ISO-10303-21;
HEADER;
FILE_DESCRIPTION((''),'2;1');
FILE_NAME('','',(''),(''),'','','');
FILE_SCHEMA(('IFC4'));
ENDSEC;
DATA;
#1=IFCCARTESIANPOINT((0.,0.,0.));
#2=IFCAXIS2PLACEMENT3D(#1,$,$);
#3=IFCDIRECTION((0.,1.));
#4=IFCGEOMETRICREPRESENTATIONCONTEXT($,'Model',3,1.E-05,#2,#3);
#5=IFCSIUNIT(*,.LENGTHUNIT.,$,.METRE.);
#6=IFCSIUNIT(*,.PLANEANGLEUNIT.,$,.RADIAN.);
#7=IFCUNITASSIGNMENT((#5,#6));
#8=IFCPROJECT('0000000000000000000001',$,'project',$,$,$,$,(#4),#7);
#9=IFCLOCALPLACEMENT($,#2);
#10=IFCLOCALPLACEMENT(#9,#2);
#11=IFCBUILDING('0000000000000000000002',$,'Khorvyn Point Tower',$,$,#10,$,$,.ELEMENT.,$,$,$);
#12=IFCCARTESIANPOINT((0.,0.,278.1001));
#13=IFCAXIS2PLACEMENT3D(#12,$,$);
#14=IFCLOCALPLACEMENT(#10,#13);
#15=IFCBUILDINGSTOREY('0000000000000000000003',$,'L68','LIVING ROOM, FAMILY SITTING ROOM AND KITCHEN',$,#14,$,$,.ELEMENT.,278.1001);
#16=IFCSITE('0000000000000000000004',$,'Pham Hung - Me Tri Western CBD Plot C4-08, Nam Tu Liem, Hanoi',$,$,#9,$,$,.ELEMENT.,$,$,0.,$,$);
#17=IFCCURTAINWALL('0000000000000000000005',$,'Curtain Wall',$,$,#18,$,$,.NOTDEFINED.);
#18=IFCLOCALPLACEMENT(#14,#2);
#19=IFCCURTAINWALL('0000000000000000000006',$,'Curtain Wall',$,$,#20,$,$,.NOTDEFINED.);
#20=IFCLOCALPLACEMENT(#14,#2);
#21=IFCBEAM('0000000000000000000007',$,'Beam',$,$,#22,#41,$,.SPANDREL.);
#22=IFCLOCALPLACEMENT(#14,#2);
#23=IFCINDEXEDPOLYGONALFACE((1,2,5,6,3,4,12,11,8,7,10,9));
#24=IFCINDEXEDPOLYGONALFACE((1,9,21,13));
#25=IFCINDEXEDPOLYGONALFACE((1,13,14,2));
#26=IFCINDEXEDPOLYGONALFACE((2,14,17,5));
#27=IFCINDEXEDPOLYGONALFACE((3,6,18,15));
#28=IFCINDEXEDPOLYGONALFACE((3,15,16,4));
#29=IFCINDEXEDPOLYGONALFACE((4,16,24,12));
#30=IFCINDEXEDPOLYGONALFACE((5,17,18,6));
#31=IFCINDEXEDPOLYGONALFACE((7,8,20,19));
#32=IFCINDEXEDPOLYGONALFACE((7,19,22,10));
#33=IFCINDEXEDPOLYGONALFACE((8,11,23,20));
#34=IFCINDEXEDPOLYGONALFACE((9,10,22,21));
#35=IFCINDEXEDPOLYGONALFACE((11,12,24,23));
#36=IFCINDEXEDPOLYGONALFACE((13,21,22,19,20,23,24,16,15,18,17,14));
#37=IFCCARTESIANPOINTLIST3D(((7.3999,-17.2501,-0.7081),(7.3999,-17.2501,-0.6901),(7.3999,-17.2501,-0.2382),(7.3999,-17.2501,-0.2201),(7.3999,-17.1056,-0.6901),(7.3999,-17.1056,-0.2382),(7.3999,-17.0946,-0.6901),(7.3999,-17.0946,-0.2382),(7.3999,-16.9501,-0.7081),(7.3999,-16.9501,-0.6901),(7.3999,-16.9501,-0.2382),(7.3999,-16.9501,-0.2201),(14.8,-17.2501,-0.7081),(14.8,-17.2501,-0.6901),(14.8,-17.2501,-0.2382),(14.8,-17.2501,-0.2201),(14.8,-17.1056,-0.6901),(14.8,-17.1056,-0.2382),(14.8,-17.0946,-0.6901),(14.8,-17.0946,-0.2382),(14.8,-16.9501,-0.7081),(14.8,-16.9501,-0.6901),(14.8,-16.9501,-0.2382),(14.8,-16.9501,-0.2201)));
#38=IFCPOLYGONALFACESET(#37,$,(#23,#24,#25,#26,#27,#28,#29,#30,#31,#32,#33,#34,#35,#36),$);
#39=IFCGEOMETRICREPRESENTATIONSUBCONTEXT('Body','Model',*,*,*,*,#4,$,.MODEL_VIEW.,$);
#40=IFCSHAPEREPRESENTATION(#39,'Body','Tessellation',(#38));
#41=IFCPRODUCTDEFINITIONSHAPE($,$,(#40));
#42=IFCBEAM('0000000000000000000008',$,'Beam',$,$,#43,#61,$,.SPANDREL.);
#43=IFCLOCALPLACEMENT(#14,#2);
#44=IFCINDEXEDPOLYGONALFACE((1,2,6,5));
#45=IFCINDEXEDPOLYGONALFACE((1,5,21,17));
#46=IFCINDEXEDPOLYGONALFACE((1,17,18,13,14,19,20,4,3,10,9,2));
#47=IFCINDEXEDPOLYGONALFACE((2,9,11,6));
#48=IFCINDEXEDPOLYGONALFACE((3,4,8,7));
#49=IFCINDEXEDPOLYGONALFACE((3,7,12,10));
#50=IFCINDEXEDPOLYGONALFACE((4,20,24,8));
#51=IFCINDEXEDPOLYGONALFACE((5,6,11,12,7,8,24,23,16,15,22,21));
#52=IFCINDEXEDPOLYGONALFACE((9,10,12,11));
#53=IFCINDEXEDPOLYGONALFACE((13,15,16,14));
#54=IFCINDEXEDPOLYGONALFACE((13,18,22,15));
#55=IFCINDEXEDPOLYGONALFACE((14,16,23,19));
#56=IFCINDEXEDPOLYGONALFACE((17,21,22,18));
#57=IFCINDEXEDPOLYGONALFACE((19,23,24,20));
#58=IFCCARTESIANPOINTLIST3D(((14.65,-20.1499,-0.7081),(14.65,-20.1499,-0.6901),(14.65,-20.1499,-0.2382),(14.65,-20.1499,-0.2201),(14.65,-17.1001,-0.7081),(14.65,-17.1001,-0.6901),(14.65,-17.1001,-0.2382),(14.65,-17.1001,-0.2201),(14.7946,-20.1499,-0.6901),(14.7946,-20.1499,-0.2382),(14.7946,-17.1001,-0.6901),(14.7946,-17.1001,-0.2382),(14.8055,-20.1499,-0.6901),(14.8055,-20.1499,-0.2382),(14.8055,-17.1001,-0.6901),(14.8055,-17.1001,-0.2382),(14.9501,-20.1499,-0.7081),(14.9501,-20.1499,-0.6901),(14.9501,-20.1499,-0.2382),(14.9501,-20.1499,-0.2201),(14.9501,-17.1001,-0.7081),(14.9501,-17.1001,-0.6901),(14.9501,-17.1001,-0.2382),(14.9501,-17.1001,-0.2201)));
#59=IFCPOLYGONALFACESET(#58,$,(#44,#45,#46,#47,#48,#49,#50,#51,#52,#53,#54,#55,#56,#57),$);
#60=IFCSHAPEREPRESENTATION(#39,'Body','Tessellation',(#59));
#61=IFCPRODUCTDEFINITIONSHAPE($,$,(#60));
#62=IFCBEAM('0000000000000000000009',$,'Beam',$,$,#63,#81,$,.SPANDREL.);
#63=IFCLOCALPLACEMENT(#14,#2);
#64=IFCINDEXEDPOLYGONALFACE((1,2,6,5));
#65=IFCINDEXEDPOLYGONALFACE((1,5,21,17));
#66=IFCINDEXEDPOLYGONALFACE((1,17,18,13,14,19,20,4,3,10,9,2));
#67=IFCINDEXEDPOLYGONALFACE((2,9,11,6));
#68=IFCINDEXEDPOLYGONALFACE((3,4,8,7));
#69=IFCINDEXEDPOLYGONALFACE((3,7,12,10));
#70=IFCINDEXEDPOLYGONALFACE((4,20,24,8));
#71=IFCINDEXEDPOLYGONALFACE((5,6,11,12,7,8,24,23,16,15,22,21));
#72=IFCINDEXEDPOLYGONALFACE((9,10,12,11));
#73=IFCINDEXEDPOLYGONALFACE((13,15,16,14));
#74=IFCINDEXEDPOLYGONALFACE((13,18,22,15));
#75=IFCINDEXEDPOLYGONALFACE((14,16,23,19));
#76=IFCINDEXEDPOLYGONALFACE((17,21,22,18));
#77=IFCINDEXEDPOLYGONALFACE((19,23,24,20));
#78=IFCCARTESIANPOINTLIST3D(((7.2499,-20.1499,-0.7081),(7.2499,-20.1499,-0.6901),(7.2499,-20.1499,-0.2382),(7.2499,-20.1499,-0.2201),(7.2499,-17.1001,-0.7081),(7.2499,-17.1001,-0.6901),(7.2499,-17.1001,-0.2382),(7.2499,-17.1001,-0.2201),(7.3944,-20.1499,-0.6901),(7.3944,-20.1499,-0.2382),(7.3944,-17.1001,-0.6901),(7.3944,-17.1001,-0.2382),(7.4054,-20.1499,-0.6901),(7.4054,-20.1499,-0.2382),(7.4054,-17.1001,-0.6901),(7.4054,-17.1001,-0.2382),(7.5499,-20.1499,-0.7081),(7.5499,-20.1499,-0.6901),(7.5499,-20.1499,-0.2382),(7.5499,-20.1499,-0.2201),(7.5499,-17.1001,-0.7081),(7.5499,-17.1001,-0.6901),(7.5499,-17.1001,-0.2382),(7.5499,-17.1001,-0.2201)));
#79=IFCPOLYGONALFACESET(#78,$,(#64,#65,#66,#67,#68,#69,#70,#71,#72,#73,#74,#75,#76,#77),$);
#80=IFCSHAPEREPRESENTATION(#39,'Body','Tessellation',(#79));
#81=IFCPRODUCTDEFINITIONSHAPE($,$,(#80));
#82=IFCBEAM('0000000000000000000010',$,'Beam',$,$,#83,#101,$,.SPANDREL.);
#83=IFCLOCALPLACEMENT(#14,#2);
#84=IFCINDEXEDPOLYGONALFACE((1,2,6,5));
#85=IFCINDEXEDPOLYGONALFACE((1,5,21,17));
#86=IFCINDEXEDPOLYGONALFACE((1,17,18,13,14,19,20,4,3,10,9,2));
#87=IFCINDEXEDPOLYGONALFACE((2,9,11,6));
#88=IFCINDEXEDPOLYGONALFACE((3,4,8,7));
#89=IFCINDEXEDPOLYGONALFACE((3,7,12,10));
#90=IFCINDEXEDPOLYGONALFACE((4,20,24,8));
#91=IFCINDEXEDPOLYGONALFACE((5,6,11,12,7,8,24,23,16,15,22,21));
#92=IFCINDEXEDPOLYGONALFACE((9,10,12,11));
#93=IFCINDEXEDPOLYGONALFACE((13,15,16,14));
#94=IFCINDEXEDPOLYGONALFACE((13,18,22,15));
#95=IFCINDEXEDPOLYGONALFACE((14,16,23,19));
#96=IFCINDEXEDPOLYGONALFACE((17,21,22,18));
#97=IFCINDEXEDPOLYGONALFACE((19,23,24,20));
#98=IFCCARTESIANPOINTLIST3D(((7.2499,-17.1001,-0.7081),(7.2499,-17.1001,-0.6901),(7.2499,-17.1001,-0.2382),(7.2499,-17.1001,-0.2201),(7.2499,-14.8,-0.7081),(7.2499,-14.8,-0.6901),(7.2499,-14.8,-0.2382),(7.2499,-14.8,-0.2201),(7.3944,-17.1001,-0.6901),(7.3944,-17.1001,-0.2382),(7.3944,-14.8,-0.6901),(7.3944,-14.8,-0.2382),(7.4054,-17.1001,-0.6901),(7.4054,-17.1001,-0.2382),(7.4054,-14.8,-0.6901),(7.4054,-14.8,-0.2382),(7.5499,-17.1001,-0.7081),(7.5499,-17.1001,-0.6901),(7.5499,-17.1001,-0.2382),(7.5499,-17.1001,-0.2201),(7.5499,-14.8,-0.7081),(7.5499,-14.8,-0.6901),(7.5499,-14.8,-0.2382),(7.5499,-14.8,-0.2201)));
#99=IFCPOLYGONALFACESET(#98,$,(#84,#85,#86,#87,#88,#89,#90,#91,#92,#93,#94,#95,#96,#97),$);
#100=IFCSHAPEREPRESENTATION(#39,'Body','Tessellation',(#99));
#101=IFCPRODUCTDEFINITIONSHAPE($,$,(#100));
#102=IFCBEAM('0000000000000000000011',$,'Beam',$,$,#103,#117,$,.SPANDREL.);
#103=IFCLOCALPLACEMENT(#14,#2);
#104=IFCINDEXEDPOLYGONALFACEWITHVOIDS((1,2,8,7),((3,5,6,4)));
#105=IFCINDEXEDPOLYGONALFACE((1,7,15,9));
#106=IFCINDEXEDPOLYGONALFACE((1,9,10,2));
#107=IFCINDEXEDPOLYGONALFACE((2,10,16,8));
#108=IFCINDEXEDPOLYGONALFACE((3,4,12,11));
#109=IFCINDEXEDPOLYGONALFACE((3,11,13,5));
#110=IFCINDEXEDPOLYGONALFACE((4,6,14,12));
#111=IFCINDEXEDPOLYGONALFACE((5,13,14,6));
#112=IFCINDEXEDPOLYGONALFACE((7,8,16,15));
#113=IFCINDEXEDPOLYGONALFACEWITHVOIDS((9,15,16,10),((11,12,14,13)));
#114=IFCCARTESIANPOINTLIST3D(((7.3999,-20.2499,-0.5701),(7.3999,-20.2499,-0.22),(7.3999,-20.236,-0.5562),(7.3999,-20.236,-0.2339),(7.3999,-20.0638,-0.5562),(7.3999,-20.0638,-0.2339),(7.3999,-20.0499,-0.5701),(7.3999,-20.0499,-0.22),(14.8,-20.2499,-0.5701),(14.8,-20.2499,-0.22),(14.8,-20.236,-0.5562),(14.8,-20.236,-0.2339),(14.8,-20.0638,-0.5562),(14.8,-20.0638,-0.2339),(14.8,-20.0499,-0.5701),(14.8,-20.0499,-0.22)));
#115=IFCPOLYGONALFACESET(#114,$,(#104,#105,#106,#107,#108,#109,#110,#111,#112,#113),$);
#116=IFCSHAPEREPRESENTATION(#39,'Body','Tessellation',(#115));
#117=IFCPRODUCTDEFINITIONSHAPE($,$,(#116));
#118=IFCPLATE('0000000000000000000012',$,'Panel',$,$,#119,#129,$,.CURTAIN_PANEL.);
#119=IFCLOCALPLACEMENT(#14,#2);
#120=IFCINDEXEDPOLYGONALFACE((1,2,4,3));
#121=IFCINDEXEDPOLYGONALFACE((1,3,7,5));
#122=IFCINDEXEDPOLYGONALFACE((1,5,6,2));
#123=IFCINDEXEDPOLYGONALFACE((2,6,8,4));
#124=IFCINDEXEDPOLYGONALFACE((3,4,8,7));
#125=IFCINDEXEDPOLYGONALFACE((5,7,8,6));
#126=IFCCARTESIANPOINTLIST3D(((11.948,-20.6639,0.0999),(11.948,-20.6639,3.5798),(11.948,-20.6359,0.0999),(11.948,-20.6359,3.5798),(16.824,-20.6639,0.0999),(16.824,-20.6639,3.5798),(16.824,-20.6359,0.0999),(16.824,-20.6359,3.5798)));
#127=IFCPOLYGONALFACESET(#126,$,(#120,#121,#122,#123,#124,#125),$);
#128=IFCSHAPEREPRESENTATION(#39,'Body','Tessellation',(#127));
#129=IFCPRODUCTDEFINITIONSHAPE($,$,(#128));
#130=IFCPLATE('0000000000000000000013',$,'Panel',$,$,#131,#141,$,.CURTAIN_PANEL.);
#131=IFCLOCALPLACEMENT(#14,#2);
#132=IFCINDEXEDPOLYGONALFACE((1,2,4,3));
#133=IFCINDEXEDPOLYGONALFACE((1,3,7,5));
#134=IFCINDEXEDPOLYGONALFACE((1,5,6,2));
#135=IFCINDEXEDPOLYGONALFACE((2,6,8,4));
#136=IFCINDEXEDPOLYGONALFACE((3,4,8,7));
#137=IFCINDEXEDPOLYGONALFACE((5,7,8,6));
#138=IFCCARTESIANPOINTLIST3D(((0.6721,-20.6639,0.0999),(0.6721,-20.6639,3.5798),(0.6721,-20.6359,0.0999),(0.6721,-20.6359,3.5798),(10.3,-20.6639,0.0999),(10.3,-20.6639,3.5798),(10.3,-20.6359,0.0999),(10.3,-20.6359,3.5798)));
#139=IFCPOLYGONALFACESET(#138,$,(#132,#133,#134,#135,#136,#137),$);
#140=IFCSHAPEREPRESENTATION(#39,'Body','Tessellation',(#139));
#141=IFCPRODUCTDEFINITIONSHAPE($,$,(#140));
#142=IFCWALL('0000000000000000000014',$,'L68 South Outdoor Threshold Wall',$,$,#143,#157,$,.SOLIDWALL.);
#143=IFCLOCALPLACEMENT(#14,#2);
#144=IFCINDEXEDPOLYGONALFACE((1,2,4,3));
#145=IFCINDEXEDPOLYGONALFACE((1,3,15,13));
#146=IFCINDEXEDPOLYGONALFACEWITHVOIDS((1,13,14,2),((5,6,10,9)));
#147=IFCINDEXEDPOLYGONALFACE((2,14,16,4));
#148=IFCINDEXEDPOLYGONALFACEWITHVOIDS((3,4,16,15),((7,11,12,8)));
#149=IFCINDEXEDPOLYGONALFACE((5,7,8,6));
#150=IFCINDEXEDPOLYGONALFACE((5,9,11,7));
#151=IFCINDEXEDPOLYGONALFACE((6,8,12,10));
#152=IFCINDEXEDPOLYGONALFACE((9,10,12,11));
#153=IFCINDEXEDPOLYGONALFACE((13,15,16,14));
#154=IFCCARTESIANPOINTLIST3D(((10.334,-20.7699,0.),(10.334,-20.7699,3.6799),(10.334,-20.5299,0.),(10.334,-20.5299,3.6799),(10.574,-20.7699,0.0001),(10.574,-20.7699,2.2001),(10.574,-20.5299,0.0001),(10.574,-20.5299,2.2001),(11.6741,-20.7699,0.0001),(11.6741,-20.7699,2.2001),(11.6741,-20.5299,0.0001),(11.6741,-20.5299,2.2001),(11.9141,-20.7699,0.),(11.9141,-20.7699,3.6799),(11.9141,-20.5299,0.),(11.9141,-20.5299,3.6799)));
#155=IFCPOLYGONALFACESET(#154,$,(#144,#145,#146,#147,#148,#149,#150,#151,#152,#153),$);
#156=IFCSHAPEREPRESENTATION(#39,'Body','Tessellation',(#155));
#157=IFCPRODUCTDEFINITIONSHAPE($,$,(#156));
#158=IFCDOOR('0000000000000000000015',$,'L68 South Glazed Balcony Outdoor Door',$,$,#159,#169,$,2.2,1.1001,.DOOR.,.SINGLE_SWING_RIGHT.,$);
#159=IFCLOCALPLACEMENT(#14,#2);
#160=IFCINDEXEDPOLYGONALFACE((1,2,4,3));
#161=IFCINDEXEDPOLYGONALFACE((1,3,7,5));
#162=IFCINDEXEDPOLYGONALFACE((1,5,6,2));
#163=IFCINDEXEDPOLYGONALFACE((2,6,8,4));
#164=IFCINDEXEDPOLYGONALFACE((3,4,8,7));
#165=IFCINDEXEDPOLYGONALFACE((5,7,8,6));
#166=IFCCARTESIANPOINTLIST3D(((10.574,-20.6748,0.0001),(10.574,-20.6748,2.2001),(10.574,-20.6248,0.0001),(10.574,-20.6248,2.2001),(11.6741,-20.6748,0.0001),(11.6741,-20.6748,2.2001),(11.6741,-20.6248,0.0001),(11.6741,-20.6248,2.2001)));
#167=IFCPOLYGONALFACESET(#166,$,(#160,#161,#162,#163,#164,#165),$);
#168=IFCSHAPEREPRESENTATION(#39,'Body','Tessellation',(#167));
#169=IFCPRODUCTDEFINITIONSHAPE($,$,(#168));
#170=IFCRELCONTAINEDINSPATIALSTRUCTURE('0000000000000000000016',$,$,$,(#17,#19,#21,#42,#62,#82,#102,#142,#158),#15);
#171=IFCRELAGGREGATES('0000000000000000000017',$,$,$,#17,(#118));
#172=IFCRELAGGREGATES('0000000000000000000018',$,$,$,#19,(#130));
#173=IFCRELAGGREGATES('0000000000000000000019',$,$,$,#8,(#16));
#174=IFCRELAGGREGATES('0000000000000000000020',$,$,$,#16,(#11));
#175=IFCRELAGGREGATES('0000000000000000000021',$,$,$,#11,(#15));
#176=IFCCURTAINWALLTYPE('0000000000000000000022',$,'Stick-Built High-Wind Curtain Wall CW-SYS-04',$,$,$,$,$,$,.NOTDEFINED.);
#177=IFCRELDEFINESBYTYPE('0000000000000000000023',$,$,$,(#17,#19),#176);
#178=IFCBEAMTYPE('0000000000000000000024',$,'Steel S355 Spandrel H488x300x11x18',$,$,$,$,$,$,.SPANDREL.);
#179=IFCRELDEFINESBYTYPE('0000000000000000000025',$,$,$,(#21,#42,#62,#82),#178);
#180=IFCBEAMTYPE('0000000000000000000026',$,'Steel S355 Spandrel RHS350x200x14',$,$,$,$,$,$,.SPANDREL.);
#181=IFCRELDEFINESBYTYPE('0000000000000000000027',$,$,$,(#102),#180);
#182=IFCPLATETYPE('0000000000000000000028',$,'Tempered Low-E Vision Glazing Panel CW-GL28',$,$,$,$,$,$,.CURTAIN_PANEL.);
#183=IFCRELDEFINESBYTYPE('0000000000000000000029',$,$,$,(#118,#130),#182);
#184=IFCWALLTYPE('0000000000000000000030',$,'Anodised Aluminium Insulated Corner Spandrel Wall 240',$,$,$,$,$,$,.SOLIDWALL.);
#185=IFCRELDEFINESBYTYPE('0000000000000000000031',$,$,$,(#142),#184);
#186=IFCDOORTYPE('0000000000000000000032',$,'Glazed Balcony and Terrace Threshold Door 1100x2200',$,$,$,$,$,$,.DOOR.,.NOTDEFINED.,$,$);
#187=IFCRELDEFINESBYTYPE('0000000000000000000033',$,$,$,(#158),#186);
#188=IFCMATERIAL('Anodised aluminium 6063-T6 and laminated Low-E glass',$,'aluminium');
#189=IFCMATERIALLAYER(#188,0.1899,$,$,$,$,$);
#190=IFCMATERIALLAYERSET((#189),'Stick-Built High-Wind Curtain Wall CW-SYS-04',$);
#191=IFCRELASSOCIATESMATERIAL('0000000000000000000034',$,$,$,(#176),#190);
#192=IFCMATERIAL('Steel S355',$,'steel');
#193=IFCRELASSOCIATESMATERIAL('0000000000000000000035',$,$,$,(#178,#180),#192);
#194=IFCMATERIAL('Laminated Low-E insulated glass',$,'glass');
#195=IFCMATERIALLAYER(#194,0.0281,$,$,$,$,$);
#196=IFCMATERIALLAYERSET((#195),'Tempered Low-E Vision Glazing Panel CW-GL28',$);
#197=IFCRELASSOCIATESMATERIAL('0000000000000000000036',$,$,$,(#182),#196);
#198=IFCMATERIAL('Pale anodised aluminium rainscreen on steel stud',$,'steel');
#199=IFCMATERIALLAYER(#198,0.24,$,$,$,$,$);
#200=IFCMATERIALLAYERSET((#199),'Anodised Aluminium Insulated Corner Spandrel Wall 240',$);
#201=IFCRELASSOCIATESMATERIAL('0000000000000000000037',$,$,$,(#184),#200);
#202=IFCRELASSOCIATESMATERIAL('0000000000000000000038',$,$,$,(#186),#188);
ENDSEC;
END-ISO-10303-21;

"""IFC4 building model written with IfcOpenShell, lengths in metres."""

from ifc_helpers import new_model, si_unit, direction, frame, frame_2d, origin, origin_2d, place, context, subcontext, project, spatial, rectangle, hollow_rectangle, i_section, extrude, material, layer, layer_set, material_profile, profile_set, type_object, element, fill, aggregate, save


model = new_model("IFC4")

# Units and contexts
model_context = context("Model", 3, precision=1e-05, world=origin(), true_north=direction((0.0, 1.0)))
body_context = subcontext(model_context, "Body", "Model", "MODEL_VIEW")
ifc_project = project(units=[si_unit("LENGTHUNIT", "METRE"), si_unit("PLANEANGLEUNIT", "RADIAN")], contexts=[model_context])

# Site, building, storey
site_placement = place(None, origin())
site = spatial("IfcSite", under=ifc_project, at=site_placement, Name="Pham Hung - Me Tri Western CBD Plot C4-08, Nam Tu Liem, Hanoi", CompositionType="ELEMENT", RefElevation=0.0)
building_placement = place(site_placement, origin())
building = spatial("IfcBuilding", under=site, at=building_placement, Name="Khorvyn Point Tower", CompositionType="ELEMENT")
storey_placement = place(building_placement, frame((0.0, 0.0, 278.1001)))
storey = spatial("IfcBuildingStorey", under=building, at=storey_placement, Name="L68", Description="LIVING ROOM, FAMILY SITTING ROOM AND KITCHEN", CompositionType="ELEMENT", Elevation=278.1001)

# Shared definitions
ifc_material_1 = material(Name="Steel S355", Category="steel")

# Curtain wall
ifc_material_2 = material(Name="Anodised aluminium 6063-T6 and laminated Low-E glass", Category="aluminium")
ifc_layer_1 = layer(ifc_material_2, 0.1899)
ifc_layer_set_1 = layer_set([ifc_layer_1], Name="Stick-Built High-Wind Curtain Wall CW-SYS-04")
curtain_wall_type = type_object("IfcCurtainWallType", Name="Stick-Built High-Wind Curtain Wall CW-SYS-04", PredefinedType="NOTDEFINED", material=ifc_layer_set_1)
curtain_wall_1_placement = place(storey_placement, origin())
curtain_wall_1 = element("IfcCurtainWall", 1, at=curtain_wall_1_placement, inside=storey, type_object=curtain_wall_type, Name="Curtain Wall", PredefinedType="NOTDEFINED")

# Curtain wall
curtain_wall_2_placement = place(storey_placement, origin())
curtain_wall_2 = element("IfcCurtainWall", 2, at=curtain_wall_2_placement, inside=storey, type_object=curtain_wall_type, Name="Curtain Wall", PredefinedType="NOTDEFINED")

# Beams
ifc_material_profile_1 = material_profile(ifc_material_1, i_section(OverallWidth=0.3, OverallDepth=0.488, WebThickness=0.011, FlangeThickness=0.0181, at=origin_2d()))
ifc_profile_set_1 = profile_set([ifc_material_profile_1], Name="Steel S355 H488x300x11x18")
beam_type_1 = type_object("IfcBeamType", Name="Steel S355 Spandrel H488x300x11x18", PredefinedType="SPANDREL", material=ifc_profile_set_1)
for number, where, z_axis, x_axis, name in (
    (3, (7.3999, -17.1001, -0.4641), (1.0, 0.0, 0.0), (0.0, 1.0, 0.0), "Beam"),
):
    element("IfcBeam", number, at=place(storey_placement, frame(where, z_axis=z_axis, x_axis=x_axis)), inside=storey, type_object=beam_type_1, Name=name, PredefinedType="SPANDREL", context=body_context, shape_type="SweptSolid", body=[
        extrude(i_section(OverallWidth=0.3, OverallDepth=0.488, WebThickness=0.011, FlangeThickness=0.0181, at=origin_2d()), origin(), (0.0, 0.0, 1.0), 7.4001),
    ])
for number, where, z_axis, x_axis, name in (
    (4, (14.8, -20.1499, -0.4641), (0.0, 1.0, 0.0), (-1.0, 0.0, 0.0), "Beam"),
    (5, (7.3999, -20.1499, -0.4641), (0.0, 1.0, 0.0), (-1.0, 0.0, 0.0), "Beam"),
):
    element("IfcBeam", number, at=place(storey_placement, frame(where, z_axis=z_axis, x_axis=x_axis)), inside=storey, type_object=beam_type_1, Name=name, PredefinedType="SPANDREL", context=body_context, shape_type="SweptSolid", body=[
        extrude(i_section(OverallWidth=0.3, OverallDepth=0.488, WebThickness=0.011, FlangeThickness=0.0181, at=origin_2d()), origin(), (0.0, 0.0, 1.0), 3.0498),
    ])
beam_1_placement = place(storey_placement, frame((7.3999, -17.1001, -0.4641), z_axis=(0.0, 1.0, 0.0), x_axis=(-1.0, 0.0, 0.0)))
element("IfcBeam", 6, at=beam_1_placement, inside=storey, type_object=beam_type_1, Name="Beam", PredefinedType="SPANDREL", context=body_context, shape_type="SweptSolid", body=[
    extrude(i_section(OverallWidth=0.3, OverallDepth=0.488, WebThickness=0.011, FlangeThickness=0.0181, at=origin_2d()), origin(), (0.0, 0.0, 1.0), 2.3),
])
ifc_material_profile_2 = material_profile(ifc_material_1, hollow_rectangle(XDim=0.2, YDim=0.3501, WallThickness=0.0139, at=origin_2d()))
ifc_profile_set_2 = profile_set([ifc_material_profile_2], Name="Steel S355 RHS350x200x14")
beam_type_2 = type_object("IfcBeamType", Name="Steel S355 Spandrel RHS350x200x14", PredefinedType="SPANDREL", material=ifc_profile_set_2)
beam_2_placement = place(storey_placement, frame((7.3999, -20.1499, -0.395), z_axis=(1.0, 0.0, 0.0), x_axis=(0.0, 1.0, 0.0)))
element("IfcBeam", 7, at=beam_2_placement, inside=storey, type_object=beam_type_2, Name="Beam", PredefinedType="SPANDREL", context=body_context, shape_type="SweptSolid", body=[
    extrude(hollow_rectangle(XDim=0.2, YDim=0.3501, WallThickness=0.0139, at=origin_2d()), origin(), (0.0, 0.0, 1.0), 7.4001),
])

# Plates
ifc_material_3 = material(Name="Laminated Low-E insulated glass", Category="glass")
ifc_layer_2 = layer(ifc_material_3, 0.0281)
ifc_layer_set_2 = layer_set([ifc_layer_2], Name="Tempered Low-E Vision Glazing Panel CW-GL28")
plate_type = type_object("IfcPlateType", Name="Tempered Low-E Vision Glazing Panel CW-GL28", PredefinedType="CURTAIN_PANEL", material=ifc_layer_set_2)
plate_1_placement = place(storey_placement, frame((14.386, -20.6499, 0.0999), z_axis=(0.0, 0.0, 1.0), x_axis=(-1.0, 0.0, 0.0)))
plate_1 = element("IfcPlate", 8, at=plate_1_placement, type_object=plate_type, Name="Panel", PredefinedType="CURTAIN_PANEL", context=body_context, shape_type="SweptSolid", body=[
    extrude(rectangle(XDim=4.876, YDim=0.0281, at=origin_2d()), origin(), (0.0, 0.0, 1.0), 3.48),
])
aggregate(curtain_wall_1, [plate_1])
plate_2_placement = place(storey_placement, frame((5.4861, -20.6499, 0.0999), z_axis=(0.0, 0.0, 1.0), x_axis=(-1.0, 0.0, 0.0)))
plate_2 = element("IfcPlate", 9, at=plate_2_placement, type_object=plate_type, Name="Panel", PredefinedType="CURTAIN_PANEL", context=body_context, shape_type="SweptSolid", body=[
    extrude(rectangle(XDim=9.6279, YDim=0.0281, at=origin_2d()), origin(), (0.0, 0.0, 1.0), 3.48),
])
aggregate(curtain_wall_2, [plate_2])

# Wall, opening, door
ifc_material_4 = material(Name="Pale anodised aluminium rainscreen on steel stud", Category="steel")
ifc_layer_3 = layer(ifc_material_4, 0.24)
ifc_layer_set_3 = layer_set([ifc_layer_3], Name="Anodised Aluminium Insulated Corner Spandrel Wall 240")
wall_type_1 = type_object("IfcWallType", Name="Anodised Aluminium Insulated Corner Spandrel Wall 240", PredefinedType="SOLIDWALL", material=ifc_layer_set_3)
wall_1_placement = place(storey_placement, frame((11.9141, -20.6499, 0.0), z_axis=(0.0, 0.0, 1.0), x_axis=(-1.0, 0.0, 0.0)))
wall_1 = element("IfcWall", 10, at=wall_1_placement, inside=storey, type_object=wall_type_1, Name="L68 South Outdoor Threshold Wall", PredefinedType="SOLIDWALL", context=body_context, shape_type="SweptSolid", body=[
    extrude(rectangle(XDim=1.5801, YDim=0.24, at=frame_2d((0.79, 0.0))), origin(), (0.0, 0.0, 1.0), 3.6799),
])
opening_1_placement = place(wall_1_placement, frame((0.24, 0.0, 0.0)))
opening_1 = element("IfcOpeningElement", 11, at=opening_1_placement, cuts=wall_1, PredefinedType="OPENING", context=body_context, shape_type="SweptSolid", body=[
    extrude(rectangle(XDim=1.1001, YDim=2.2, at=frame_2d((0.55, 1.1001))), frame((0.0, 0.1299, 0.0), z_axis=(0.0, -1.0, 0.0), x_axis=(1.0, 0.0, 0.0)), (0.0, 0.0, 1.0), 0.26),
])
door_type_1 = type_object("IfcDoorType", Name="Glazed Balcony and Terrace Threshold Door 1100x2200", OperationType="NOTDEFINED", PredefinedType="DOOR", material=ifc_material_2)
door_1_placement = place(opening_1_placement, origin())
door_1 = element("IfcDoor", 12, at=door_1_placement, inside=storey, type_object=door_type_1, Name="L68 South Glazed Balcony Outdoor Door", OperationType="SINGLE_SWING_RIGHT", OverallHeight=2.2, OverallWidth=1.1001, PredefinedType="DOOR", context=body_context, shape_type="SweptSolid", body=[
    extrude(rectangle(XDim=1.1001, YDim=2.2, at=frame_2d((0.55, 1.1001))), frame((0.0, 0.0249, 0.0), z_axis=(0.0, -1.0, 0.0), x_axis=(1.0, 0.0, 0.0)), (0.0, 0.0, 1.0), 0.05),
])
fill(opening_1, door_1)

save(model, "model.ifc")
